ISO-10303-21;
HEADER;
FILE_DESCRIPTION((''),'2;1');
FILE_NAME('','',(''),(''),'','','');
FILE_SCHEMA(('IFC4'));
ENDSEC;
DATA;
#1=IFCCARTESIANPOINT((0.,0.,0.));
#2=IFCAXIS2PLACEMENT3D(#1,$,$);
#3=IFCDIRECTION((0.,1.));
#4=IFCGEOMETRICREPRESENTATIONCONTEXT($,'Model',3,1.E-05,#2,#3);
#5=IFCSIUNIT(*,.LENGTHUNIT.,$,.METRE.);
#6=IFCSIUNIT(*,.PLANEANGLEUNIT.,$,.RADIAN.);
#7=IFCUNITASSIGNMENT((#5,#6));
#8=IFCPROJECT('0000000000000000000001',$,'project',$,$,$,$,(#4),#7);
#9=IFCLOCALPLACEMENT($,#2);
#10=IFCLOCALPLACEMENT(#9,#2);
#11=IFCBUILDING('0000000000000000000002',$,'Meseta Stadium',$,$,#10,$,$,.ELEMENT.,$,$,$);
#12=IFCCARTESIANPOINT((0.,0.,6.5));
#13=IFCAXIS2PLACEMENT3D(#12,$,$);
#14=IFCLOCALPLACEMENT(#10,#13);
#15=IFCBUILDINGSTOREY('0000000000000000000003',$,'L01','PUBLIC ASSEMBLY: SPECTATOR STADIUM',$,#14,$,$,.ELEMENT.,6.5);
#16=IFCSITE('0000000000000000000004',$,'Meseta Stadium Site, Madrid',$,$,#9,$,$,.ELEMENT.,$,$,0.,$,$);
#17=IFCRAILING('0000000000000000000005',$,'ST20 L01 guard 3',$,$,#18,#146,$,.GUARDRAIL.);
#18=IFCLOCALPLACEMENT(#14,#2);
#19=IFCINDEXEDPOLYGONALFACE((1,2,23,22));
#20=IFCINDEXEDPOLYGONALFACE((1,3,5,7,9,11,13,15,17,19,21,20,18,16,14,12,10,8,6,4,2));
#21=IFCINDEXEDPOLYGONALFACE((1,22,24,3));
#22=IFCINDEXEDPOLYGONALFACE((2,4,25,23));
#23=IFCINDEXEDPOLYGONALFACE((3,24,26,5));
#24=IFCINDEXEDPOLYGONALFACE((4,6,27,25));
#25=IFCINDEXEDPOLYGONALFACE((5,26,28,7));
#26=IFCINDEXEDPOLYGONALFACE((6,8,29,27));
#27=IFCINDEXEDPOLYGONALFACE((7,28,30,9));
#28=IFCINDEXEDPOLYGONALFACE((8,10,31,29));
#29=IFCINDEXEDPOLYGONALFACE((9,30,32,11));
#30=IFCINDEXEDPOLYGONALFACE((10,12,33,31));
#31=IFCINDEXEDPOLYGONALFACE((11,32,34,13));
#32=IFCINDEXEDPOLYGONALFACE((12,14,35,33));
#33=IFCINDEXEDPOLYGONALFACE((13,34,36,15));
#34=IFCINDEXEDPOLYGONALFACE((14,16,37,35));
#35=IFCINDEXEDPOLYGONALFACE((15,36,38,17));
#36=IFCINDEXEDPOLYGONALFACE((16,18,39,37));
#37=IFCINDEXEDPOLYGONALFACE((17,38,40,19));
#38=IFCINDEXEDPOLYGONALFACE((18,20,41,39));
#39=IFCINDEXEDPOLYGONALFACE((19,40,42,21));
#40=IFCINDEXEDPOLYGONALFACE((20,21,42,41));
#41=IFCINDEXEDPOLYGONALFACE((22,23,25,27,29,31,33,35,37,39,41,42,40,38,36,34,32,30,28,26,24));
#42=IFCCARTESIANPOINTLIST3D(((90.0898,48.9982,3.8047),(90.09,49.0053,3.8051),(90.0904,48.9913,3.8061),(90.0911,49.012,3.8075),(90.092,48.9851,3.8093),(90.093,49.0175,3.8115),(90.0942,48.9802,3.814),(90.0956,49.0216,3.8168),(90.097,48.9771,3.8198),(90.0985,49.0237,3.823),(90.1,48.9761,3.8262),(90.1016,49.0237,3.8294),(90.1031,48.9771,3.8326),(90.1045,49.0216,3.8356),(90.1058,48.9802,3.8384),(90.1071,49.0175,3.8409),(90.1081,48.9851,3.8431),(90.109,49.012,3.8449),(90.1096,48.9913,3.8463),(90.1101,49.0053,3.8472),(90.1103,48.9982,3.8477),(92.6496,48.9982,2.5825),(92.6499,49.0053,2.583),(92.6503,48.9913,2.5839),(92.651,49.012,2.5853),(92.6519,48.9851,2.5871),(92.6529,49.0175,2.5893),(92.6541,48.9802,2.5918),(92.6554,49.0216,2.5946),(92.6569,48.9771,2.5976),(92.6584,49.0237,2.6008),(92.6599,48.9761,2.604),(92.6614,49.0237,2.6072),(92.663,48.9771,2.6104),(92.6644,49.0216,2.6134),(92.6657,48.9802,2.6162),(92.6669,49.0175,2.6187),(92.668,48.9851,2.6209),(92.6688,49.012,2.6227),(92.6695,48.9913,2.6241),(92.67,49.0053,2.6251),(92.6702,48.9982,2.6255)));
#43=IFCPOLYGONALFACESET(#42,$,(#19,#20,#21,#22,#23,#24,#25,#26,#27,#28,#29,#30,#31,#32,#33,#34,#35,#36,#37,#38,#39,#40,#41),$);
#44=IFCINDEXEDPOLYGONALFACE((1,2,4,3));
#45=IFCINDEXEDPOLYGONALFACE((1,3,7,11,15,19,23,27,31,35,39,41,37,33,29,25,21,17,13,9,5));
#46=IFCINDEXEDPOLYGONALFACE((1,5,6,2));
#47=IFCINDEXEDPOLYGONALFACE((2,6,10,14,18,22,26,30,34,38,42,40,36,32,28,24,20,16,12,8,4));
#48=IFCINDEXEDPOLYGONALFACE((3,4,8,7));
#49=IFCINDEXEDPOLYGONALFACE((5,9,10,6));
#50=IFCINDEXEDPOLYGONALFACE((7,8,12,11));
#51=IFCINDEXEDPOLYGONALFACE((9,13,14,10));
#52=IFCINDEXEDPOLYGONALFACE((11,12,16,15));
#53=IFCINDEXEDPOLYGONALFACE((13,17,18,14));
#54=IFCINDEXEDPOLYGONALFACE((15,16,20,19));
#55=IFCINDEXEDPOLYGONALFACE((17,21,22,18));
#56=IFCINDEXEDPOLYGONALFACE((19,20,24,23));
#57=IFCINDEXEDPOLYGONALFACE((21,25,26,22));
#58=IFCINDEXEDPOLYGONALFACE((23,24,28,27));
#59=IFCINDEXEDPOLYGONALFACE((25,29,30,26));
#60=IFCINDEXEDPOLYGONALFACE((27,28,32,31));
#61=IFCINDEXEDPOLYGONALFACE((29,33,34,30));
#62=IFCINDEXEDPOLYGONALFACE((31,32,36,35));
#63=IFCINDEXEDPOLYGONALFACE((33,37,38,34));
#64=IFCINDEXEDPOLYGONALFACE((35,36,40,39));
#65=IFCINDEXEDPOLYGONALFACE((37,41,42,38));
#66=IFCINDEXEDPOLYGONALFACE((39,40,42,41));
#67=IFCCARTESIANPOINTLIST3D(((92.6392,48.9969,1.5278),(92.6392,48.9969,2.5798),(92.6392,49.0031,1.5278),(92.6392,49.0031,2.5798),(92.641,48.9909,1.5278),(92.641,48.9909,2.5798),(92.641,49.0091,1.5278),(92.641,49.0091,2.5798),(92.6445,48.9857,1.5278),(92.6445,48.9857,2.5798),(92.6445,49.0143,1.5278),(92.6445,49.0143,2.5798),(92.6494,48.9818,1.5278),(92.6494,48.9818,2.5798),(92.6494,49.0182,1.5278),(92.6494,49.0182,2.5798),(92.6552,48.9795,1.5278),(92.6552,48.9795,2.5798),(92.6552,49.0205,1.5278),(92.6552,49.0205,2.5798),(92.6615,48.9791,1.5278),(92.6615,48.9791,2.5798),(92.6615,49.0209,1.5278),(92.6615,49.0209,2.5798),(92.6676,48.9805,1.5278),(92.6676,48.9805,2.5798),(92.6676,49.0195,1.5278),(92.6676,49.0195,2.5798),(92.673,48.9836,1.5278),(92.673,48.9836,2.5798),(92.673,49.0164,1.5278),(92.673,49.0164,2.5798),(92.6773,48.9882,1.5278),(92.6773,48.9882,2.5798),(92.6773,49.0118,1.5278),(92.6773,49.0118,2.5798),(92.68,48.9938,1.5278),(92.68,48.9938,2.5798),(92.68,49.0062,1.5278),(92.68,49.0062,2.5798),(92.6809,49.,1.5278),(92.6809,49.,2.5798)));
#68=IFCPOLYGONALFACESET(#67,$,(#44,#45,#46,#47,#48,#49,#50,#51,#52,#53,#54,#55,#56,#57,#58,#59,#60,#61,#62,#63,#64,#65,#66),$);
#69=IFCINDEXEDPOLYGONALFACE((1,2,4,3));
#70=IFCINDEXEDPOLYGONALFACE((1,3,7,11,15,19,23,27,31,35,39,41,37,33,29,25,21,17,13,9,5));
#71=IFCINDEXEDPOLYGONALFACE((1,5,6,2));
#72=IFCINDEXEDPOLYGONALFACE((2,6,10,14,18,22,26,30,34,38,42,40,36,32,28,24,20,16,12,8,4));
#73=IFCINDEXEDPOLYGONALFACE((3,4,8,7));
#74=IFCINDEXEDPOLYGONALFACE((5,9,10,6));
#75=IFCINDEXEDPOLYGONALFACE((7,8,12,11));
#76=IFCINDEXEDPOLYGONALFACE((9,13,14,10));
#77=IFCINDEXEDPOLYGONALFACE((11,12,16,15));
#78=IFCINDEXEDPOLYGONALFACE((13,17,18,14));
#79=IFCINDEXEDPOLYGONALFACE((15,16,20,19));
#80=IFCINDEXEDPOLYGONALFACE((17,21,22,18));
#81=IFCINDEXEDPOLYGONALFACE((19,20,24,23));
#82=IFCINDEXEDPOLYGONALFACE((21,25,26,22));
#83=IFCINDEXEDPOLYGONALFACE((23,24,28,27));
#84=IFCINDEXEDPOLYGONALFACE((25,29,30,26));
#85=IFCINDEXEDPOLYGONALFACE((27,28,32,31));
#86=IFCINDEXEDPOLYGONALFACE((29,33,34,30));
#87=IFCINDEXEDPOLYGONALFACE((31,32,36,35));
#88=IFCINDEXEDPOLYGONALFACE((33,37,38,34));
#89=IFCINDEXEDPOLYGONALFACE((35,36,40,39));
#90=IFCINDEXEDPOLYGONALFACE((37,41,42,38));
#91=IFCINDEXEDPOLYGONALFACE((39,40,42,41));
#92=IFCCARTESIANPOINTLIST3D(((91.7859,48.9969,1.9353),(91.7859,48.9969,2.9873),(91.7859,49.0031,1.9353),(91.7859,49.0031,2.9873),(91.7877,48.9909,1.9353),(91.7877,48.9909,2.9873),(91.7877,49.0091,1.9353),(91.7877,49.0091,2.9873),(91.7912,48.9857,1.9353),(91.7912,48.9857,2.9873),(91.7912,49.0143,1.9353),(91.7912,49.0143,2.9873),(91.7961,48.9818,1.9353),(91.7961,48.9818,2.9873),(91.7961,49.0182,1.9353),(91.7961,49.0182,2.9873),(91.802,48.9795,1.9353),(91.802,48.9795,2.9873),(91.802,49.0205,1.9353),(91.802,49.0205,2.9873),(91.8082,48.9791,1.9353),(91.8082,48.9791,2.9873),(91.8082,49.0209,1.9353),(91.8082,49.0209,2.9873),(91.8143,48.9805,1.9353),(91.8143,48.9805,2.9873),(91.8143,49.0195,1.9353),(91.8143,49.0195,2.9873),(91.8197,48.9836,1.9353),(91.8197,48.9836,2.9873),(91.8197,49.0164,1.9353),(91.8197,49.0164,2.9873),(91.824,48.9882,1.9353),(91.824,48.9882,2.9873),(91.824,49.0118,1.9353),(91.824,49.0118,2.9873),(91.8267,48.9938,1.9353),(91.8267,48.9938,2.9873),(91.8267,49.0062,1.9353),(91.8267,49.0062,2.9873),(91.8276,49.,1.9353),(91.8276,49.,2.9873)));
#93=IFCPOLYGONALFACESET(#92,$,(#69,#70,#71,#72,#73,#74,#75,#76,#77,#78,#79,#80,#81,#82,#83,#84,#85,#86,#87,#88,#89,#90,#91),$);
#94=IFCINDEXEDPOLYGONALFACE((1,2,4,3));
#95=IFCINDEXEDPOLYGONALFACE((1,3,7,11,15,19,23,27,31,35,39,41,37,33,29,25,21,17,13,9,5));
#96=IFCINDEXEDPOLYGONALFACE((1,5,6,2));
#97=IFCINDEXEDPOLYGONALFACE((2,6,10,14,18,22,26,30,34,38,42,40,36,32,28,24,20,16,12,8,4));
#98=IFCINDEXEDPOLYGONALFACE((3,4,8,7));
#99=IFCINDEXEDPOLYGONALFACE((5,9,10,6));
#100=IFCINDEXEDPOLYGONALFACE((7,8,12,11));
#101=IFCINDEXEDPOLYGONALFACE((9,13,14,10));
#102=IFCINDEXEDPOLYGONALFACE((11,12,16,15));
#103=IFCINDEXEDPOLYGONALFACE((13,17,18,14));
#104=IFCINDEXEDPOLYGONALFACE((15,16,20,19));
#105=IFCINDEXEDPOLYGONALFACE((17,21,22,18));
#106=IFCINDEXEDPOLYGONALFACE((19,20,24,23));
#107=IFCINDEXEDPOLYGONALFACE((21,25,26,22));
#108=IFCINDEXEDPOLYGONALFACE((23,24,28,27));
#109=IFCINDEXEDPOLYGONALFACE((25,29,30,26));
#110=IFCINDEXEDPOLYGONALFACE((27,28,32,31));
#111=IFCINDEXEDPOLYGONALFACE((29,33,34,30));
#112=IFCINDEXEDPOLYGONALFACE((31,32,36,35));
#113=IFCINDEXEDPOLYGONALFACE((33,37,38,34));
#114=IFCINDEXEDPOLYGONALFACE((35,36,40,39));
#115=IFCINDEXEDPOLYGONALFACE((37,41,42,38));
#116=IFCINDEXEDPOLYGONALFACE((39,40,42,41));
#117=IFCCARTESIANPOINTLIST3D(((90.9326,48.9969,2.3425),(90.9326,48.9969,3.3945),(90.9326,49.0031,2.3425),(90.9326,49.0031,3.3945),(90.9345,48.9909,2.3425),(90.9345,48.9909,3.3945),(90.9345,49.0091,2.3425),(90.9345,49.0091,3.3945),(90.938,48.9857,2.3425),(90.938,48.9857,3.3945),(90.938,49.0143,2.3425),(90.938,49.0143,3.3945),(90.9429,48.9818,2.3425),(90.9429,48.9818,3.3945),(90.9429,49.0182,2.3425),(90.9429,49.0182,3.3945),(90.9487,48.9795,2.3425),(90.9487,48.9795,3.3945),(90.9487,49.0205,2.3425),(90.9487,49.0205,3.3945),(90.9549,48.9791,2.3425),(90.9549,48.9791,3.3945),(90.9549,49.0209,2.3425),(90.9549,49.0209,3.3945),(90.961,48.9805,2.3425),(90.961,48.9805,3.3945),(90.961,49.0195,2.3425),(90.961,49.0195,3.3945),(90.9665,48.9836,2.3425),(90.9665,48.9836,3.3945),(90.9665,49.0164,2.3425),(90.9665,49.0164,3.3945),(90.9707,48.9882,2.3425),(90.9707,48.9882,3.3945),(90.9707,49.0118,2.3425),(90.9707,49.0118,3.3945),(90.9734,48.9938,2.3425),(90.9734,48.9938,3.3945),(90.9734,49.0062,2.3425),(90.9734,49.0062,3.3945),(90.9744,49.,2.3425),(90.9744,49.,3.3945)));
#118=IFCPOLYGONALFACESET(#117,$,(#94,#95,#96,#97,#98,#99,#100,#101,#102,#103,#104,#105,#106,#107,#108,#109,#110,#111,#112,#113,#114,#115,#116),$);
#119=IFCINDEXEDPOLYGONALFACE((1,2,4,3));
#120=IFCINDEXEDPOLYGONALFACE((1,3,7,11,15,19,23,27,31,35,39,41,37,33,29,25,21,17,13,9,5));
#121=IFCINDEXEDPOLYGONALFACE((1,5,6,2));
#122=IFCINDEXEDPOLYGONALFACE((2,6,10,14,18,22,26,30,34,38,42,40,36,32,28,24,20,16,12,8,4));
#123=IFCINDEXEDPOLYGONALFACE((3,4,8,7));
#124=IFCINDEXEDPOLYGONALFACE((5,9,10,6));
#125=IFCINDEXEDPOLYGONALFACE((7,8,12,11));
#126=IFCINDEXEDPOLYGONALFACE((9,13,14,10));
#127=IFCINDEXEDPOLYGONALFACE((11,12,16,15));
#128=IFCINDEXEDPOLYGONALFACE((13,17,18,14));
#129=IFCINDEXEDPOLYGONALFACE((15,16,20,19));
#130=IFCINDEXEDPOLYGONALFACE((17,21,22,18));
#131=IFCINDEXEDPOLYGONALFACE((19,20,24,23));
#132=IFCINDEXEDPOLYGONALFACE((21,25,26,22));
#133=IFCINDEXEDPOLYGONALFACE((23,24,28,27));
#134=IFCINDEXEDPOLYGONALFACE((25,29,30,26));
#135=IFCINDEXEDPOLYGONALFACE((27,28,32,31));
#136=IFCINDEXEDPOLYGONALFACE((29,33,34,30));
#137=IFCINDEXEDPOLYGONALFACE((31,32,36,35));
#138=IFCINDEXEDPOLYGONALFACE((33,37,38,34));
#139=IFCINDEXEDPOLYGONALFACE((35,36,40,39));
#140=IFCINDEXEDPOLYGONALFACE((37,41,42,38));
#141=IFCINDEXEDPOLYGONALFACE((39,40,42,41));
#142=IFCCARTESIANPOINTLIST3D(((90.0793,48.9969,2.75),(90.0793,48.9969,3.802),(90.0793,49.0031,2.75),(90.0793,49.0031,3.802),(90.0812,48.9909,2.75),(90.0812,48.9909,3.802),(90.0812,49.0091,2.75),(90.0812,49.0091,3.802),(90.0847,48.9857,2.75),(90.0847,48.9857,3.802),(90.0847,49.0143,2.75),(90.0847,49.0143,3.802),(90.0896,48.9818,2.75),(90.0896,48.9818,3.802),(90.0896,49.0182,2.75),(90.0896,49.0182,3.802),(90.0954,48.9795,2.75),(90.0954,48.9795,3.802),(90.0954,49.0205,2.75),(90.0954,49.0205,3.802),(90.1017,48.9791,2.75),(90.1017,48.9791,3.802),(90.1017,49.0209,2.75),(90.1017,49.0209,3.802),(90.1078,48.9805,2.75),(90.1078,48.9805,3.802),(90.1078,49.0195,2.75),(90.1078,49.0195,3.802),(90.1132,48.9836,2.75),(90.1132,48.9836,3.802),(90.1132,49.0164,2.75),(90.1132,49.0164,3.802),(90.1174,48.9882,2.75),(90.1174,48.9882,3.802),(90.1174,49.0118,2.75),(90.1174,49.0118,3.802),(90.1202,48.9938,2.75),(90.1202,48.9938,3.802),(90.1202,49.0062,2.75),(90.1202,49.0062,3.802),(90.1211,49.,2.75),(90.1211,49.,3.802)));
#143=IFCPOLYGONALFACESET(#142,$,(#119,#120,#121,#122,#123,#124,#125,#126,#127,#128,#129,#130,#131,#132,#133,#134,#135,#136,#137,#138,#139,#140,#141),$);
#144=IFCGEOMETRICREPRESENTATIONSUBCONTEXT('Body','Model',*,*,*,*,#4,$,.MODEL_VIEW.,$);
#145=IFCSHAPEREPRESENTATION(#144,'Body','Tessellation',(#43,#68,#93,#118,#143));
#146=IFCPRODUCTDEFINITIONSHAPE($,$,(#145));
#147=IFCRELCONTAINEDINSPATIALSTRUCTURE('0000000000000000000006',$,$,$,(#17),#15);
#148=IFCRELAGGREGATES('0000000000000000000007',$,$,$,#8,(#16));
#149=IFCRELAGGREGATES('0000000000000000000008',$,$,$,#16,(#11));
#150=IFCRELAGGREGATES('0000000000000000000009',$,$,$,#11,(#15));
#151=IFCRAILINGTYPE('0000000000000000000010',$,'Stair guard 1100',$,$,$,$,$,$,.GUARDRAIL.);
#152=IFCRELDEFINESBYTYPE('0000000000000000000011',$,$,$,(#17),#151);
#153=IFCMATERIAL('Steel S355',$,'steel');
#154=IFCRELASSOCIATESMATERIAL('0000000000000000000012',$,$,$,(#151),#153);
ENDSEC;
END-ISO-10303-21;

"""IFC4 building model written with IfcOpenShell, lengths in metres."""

from ifc_helpers import new_model, si_unit, direction, frame, origin, origin_2d, place, context, subcontext, project, spatial, circle, extrude, material, type_object, element, save


model = new_model("IFC4")

# Units and contexts
model_context = context("Model", 3, precision=1e-05, world=origin(), true_north=direction((0.0, 1.0)))
body_context = subcontext(model_context, "Body", "Model", "MODEL_VIEW")
ifc_project = project(units=[si_unit("LENGTHUNIT", "METRE"), si_unit("PLANEANGLEUNIT", "RADIAN")], contexts=[model_context])

# Site, building, storey
site_placement = place(None, origin())
site = spatial("IfcSite", under=ifc_project, at=site_placement, Name="Meseta Stadium Site, Madrid", CompositionType="ELEMENT", RefElevation=0.0)
building_placement = place(site_placement, origin())
building = spatial("IfcBuilding", under=site, at=building_placement, Name="Meseta Stadium", CompositionType="ELEMENT")
storey_placement = place(building_placement, frame((0.0, 0.0, 6.5)))
storey = spatial("IfcBuildingStorey", under=building, at=storey_placement, Name="L01", Description="PUBLIC ASSEMBLY: SPECTATOR STADIUM", CompositionType="ELEMENT", Elevation=6.5)

# Railing
ifc_material_1 = material(Name="Steel S355", Category="steel")
railing_type_1 = type_object("IfcRailingType", Name="Stair guard 1100", PredefinedType="GUARDRAIL", material=ifc_material_1)
railing_1_placement = place(storey_placement, frame((92.6599, 49.0, 1.5278)))
element("IfcRailing", 1, at=railing_1_placement, inside=storey, type_object=railing_type_1, Name="ST20 L01 guard 3", PredefinedType="GUARDRAIL", context=body_context, shape_type="SweptSolid", body=[
    extrude(circle(Radius=0.0239, at=origin_2d()), frame((0.0, 0.0, 1.0762), z_axis=(-0.902421, 0.0, 0.430855), x_axis=(0.0, -1.0, 0.0)), (0.0, 0.0, 1.0), 2.8367),
    extrude(circle(Radius=0.021, at=origin_2d()), origin(), (0.0, 0.0, 1.0), 1.052),
    extrude(circle(Radius=0.021, at=origin_2d()), frame((-0.8533, 0.0, 0.4075)), (0.0, 0.0, 1.0), 1.052),
    extrude(circle(Radius=0.021, at=origin_2d()), frame((-1.7065, 0.0, 0.8147)), (0.0, 0.0, 1.0), 1.052),
    extrude(circle(Radius=0.021, at=origin_2d()), frame((-2.5598, 0.0, 1.2222)), (0.0, 0.0, 1.0), 1.052),
])

save(model, "model.ifc")
